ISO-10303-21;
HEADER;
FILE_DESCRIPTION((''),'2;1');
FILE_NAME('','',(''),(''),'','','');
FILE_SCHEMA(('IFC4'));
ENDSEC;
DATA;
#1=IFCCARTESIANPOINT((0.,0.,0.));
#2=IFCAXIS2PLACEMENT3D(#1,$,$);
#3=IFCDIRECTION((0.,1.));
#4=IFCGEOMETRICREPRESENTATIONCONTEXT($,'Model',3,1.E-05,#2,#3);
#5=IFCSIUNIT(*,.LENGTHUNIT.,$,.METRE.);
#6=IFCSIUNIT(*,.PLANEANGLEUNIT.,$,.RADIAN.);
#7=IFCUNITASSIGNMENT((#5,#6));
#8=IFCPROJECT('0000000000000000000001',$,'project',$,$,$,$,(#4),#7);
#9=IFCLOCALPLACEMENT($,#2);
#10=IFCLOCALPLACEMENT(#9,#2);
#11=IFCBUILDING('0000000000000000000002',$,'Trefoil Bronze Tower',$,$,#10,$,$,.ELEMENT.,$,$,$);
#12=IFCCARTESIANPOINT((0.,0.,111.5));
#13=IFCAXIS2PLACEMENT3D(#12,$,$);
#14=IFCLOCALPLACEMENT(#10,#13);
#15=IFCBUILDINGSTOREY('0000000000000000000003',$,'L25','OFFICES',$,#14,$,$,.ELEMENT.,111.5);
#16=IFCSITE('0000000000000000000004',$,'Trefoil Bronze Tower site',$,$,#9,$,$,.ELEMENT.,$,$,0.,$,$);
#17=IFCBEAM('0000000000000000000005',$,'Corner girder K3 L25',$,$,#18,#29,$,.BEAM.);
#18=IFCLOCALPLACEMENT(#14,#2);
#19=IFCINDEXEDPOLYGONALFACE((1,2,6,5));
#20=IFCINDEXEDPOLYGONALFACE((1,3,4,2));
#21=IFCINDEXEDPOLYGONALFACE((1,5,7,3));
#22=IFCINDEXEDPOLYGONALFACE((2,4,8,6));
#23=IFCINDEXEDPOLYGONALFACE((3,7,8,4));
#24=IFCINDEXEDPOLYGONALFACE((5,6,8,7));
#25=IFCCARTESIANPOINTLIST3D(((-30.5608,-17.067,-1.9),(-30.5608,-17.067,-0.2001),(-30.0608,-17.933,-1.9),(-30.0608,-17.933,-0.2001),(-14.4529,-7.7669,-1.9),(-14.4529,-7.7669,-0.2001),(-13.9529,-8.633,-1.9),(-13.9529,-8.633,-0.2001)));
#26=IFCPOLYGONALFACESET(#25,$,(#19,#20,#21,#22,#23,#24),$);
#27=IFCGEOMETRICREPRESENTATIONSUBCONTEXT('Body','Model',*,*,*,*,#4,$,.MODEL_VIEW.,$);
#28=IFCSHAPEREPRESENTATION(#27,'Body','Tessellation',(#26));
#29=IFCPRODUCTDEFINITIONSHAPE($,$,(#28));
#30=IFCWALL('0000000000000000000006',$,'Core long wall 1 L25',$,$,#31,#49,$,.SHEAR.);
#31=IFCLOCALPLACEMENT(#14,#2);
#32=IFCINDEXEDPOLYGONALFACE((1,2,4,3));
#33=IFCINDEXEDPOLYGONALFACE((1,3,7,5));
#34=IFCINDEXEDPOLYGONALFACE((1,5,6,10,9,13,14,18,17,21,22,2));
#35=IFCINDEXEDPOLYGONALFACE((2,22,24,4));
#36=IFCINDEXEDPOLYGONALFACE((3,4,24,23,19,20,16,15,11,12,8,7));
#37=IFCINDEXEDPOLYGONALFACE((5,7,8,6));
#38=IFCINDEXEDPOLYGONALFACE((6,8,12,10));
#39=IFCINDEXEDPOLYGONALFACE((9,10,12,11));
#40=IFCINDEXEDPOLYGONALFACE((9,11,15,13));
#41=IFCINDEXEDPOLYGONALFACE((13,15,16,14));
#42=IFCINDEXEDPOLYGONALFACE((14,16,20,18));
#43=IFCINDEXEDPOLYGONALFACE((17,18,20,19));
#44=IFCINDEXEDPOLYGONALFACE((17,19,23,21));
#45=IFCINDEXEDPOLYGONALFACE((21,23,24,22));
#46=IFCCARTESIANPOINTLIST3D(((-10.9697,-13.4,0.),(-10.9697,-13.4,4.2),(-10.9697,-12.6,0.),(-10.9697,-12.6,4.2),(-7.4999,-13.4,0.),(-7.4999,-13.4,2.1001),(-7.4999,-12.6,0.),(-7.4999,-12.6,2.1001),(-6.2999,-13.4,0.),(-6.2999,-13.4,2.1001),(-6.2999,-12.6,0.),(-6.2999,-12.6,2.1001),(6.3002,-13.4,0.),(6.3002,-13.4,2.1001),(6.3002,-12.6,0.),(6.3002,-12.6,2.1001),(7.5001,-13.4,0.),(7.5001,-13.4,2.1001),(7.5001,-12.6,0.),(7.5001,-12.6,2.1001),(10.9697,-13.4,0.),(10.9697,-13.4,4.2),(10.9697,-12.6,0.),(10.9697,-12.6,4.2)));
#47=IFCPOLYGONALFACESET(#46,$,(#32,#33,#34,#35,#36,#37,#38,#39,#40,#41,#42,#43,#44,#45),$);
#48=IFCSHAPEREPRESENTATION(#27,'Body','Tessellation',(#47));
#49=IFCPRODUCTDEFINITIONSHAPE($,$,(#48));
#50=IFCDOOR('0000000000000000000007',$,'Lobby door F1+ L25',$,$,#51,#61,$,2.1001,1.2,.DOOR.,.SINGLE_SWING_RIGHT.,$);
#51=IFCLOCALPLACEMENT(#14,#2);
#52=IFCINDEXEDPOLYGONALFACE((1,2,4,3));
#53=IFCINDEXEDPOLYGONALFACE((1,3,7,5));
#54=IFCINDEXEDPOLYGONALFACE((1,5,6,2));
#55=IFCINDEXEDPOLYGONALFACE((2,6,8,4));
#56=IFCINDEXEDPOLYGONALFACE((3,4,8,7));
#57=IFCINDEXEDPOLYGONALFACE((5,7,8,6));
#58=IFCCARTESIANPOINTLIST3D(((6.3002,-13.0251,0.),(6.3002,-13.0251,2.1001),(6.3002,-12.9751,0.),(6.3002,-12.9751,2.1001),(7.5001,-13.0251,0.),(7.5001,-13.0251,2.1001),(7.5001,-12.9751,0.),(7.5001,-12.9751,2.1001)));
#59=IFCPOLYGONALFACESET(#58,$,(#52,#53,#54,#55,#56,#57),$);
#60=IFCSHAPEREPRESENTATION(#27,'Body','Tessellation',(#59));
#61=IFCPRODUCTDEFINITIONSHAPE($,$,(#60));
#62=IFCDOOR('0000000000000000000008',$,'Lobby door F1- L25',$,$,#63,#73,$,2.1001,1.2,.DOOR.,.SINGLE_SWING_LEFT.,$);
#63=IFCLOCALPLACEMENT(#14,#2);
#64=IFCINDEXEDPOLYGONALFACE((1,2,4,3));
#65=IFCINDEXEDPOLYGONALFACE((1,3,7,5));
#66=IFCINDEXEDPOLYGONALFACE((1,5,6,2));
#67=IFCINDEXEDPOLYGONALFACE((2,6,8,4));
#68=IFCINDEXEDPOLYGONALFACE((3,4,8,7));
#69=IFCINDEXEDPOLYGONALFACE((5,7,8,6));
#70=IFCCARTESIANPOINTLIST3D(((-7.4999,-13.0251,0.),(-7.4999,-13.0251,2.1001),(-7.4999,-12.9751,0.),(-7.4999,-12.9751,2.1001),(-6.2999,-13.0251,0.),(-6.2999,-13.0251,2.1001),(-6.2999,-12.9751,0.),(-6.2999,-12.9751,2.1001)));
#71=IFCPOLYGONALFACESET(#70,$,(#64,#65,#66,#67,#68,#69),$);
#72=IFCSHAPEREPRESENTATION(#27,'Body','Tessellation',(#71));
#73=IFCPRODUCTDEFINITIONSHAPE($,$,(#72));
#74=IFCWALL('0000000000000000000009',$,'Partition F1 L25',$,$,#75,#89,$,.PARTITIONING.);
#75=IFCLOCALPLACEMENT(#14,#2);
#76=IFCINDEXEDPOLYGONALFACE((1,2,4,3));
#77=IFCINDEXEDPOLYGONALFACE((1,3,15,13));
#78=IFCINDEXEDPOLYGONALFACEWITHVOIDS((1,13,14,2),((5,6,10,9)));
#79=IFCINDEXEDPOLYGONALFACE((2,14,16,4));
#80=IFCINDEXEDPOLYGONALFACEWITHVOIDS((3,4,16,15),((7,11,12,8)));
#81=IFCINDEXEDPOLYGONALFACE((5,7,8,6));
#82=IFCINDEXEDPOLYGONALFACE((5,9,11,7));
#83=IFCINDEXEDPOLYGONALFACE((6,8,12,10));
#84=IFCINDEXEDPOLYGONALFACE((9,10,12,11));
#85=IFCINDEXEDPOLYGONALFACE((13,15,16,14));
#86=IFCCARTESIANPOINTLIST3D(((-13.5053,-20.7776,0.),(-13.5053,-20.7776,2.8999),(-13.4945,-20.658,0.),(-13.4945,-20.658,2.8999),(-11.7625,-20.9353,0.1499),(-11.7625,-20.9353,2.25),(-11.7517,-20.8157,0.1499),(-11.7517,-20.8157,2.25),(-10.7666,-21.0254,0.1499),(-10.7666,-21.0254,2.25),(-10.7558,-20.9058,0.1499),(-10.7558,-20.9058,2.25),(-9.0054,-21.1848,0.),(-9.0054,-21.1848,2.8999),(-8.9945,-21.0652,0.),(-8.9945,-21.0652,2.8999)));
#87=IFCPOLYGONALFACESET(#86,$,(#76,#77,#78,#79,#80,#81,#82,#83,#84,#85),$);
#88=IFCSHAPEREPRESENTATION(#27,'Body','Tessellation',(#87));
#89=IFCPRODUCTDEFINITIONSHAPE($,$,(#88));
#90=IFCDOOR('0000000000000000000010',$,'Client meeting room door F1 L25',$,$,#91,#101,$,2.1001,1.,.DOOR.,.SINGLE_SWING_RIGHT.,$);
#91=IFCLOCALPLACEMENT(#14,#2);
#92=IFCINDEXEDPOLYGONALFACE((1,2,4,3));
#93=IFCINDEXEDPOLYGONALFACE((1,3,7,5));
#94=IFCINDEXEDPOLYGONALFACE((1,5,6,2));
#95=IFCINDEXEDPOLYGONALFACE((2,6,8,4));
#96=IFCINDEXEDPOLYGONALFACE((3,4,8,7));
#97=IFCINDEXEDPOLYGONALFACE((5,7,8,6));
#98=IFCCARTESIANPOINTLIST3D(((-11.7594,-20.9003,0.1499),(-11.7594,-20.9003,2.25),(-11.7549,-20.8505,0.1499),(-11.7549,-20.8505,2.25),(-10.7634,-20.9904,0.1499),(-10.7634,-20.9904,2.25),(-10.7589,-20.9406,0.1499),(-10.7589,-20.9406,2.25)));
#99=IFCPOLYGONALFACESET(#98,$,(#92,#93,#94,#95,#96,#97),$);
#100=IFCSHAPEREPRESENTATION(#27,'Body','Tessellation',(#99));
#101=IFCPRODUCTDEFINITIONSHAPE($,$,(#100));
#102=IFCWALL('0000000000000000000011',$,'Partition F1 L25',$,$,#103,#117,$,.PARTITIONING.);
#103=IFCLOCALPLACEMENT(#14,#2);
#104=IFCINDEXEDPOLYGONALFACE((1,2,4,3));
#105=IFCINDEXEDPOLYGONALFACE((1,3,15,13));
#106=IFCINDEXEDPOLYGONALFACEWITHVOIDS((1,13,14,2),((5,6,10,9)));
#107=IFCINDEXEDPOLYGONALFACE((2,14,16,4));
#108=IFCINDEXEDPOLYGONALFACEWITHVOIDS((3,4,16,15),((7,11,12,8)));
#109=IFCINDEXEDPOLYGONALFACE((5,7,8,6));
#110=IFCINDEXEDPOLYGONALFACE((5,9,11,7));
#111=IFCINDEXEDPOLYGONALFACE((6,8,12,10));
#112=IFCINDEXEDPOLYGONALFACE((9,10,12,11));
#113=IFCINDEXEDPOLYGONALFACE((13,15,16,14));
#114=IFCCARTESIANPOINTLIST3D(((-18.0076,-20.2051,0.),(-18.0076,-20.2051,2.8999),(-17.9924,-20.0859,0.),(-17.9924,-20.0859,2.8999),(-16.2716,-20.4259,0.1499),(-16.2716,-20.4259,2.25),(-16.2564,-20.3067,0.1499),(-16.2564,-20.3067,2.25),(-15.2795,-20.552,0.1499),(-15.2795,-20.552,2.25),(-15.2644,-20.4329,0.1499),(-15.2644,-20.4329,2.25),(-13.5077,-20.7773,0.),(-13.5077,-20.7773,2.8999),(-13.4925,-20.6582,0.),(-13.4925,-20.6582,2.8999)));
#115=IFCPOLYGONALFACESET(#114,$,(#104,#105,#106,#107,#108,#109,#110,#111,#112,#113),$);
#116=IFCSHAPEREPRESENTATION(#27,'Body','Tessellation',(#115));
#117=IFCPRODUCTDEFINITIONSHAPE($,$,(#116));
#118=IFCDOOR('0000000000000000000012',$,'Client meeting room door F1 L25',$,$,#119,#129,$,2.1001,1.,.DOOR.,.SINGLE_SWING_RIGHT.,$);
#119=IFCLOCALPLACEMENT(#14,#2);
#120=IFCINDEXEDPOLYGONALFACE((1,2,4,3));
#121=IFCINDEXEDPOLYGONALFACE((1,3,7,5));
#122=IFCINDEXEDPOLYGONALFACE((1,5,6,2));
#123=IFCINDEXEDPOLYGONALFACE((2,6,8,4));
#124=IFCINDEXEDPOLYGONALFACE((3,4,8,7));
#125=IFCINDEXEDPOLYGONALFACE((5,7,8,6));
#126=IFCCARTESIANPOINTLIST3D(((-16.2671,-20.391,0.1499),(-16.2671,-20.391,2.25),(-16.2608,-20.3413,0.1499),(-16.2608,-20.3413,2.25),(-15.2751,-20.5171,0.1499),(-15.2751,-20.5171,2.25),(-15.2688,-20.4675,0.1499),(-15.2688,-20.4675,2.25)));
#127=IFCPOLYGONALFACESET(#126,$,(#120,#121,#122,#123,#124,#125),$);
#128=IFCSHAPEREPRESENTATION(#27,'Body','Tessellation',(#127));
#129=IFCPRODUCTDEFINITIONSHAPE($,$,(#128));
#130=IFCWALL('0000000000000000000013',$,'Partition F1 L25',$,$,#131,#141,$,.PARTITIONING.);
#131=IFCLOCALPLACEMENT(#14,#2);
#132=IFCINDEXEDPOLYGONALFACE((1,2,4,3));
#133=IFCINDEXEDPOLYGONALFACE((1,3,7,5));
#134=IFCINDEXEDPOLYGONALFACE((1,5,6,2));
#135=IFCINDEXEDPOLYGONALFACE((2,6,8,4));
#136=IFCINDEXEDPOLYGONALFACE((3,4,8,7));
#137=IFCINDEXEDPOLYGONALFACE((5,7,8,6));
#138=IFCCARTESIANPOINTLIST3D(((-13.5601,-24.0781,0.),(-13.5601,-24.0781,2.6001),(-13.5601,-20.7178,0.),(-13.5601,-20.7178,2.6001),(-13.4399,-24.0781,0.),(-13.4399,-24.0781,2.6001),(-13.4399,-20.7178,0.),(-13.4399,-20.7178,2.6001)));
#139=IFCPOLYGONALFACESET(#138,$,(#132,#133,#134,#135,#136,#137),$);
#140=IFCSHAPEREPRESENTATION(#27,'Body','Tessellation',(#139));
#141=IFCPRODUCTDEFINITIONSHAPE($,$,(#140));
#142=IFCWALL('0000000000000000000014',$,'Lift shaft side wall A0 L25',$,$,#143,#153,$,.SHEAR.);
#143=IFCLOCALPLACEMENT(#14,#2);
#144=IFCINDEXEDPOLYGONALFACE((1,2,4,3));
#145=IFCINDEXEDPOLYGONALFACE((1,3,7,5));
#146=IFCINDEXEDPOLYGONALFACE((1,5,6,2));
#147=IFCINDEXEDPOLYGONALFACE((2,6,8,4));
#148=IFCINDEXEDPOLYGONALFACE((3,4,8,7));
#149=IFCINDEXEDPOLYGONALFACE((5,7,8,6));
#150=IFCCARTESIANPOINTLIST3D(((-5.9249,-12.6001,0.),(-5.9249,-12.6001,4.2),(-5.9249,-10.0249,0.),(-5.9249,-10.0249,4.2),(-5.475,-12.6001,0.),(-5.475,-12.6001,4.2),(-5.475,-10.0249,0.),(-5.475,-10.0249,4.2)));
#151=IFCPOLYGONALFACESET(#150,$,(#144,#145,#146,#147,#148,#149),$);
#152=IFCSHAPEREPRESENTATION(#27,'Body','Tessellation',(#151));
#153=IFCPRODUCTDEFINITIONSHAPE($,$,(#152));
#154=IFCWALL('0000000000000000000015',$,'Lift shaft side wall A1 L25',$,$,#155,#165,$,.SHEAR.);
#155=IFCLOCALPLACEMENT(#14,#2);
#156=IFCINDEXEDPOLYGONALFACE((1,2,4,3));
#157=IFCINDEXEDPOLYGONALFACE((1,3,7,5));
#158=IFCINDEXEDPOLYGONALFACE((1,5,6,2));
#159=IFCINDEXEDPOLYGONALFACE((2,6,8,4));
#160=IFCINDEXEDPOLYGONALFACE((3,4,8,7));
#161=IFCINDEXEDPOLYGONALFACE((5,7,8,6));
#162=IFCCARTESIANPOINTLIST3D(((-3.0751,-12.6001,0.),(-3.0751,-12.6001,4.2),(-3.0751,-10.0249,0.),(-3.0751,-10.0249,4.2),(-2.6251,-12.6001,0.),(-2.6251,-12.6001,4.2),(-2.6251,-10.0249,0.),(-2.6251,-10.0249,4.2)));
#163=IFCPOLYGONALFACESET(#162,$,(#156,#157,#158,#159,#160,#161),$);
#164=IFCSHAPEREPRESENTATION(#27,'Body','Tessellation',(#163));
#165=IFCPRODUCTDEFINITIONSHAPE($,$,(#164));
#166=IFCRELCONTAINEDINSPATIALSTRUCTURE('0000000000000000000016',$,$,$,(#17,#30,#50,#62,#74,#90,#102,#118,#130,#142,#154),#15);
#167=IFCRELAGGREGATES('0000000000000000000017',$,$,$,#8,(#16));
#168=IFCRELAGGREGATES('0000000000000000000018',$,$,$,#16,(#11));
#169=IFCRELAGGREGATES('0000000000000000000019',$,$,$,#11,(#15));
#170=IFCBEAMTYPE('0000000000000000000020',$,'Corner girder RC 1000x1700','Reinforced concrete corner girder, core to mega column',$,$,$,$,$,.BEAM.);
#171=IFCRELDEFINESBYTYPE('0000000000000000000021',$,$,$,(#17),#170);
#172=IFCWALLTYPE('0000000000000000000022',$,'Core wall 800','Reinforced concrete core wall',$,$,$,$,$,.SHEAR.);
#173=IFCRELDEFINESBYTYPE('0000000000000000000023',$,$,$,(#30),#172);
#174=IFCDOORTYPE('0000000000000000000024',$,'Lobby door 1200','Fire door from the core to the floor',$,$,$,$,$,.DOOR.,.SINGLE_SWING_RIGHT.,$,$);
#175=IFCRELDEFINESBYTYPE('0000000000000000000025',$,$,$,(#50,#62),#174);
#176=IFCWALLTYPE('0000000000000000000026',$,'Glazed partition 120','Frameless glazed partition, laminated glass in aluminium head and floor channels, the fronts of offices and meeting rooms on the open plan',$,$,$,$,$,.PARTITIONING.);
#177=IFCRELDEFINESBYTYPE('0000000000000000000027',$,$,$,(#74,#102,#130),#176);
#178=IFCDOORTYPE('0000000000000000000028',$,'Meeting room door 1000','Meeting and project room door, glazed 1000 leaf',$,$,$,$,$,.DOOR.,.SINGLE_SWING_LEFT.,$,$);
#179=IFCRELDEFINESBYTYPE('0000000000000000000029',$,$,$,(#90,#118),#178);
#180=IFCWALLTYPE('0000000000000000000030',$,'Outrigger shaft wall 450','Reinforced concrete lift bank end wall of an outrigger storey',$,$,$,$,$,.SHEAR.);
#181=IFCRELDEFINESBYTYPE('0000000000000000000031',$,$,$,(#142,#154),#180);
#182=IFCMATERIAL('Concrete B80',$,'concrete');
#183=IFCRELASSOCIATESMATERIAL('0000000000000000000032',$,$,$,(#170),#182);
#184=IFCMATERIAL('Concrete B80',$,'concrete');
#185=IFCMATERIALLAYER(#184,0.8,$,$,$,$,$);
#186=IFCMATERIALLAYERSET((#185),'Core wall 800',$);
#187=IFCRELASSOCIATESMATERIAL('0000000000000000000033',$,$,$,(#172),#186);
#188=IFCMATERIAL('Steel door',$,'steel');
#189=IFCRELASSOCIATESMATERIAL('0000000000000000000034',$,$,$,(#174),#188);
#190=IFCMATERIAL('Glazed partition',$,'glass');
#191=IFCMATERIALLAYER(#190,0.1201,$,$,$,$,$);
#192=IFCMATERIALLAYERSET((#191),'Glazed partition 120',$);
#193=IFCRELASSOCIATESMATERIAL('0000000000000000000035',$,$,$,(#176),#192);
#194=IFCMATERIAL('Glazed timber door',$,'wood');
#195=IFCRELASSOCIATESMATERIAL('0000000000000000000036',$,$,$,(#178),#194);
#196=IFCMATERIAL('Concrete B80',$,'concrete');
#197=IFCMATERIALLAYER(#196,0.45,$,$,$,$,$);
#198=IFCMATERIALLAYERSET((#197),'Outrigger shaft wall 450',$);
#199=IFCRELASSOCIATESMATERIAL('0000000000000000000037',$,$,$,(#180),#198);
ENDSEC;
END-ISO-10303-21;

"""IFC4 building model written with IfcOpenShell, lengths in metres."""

from ifc_helpers import new_model, si_unit, direction, frame, frame_2d, origin, origin_2d, place, context, subcontext, project, spatial, rectangle, extrude, material, layer, layer_set, material_profile, profile_set, type_object, element, fill, save


model = new_model("IFC4")

# Units and contexts
model_context = context("Model", 3, precision=1e-05, world=origin(), true_north=direction((0.0, 1.0)))
body_context = subcontext(model_context, "Body", "Model", "MODEL_VIEW")
ifc_project = project(units=[si_unit("LENGTHUNIT", "METRE"), si_unit("PLANEANGLEUNIT", "RADIAN")], contexts=[model_context])

# Site, building, storey
site_placement = place(None, origin())
site = spatial("IfcSite", under=ifc_project, at=site_placement, Name="Trefoil Bronze Tower site", CompositionType="ELEMENT", RefElevation=0.0)
building_placement = place(site_placement, origin())
building = spatial("IfcBuilding", under=site, at=building_placement, Name="Trefoil Bronze Tower", CompositionType="ELEMENT")
storey_placement = place(building_placement, frame((0.0, 0.0, 111.5)))
storey = spatial("IfcBuildingStorey", under=building, at=storey_placement, Name="L25", Description="OFFICES", CompositionType="ELEMENT", Elevation=111.5)

# Beam
ifc_material_1 = material(Name="Concrete B80", Category="concrete")
ifc_material_profile_1 = material_profile(ifc_material_1, rectangle(XDim=1.0, YDim=1.7, at=origin_2d()), Name="RC 1000x1700")
ifc_profile_set_1 = profile_set([ifc_material_profile_1], Name="Concrete B80")
beam_type_1 = type_object("IfcBeamType", Name="Corner girder RC 1000x1700", Description="Reinforced concrete corner girder, core to mega column", PredefinedType="BEAM", material=ifc_profile_set_1)
beam_1_placement = place(storey_placement, frame((-14.2029, -8.2, -1.05), z_axis=(-0.866022, -0.500006, 0.0), x_axis=(0.500006, -0.866022, 0.0)))
element("IfcBeam", 1, at=beam_1_placement, inside=storey, type_object=beam_type_1, Name="Corner girder K3 L25", PredefinedType="BEAM", context=body_context, shape_type="SweptSolid", body=[
    extrude(rectangle(XDim=1.0, YDim=1.7, at=origin_2d()), origin(), (0.0, 0.0, 1.0), 18.5999),
])

# Wall, openings, doors
ifc_material_2 = material(Name="Concrete B80", Category="concrete")
ifc_layer_1 = layer(ifc_material_2, 0.8)
ifc_layer_set_1 = layer_set([ifc_layer_1], Name="Core wall 800")
wall_type_1 = type_object("IfcWallType", Name="Core wall 800", Description="Reinforced concrete core wall", PredefinedType="SHEAR", material=ifc_layer_set_1)
wall_1_placement = place(storey_placement, frame((-10.9697, -13.0, 0.0), z_axis=(0.0, 0.0, 1.0), x_axis=(1.0, 0.0, 0.0)))
wall_1 = element("IfcWall", 2, at=wall_1_placement, inside=storey, type_object=wall_type_1, Name="Core long wall 1 L25", PredefinedType="SHEAR", context=body_context, shape_type="SweptSolid", body=[
    extrude(rectangle(XDim=21.9395, YDim=0.8, at=frame_2d((10.9697, 0.0))), origin(), (0.0, 0.0, 1.0), 4.2),
])
opening_1_placement = place(wall_1_placement, frame((17.2698, 0.0, 0.0)))
opening_1 = element("IfcOpeningElement", 3, at=opening_1_placement, cuts=wall_1, PredefinedType="OPENING", context=body_context, shape_type="SweptSolid", body=[
    extrude(rectangle(XDim=1.2, YDim=2.1001, at=frame_2d((0.6001, 1.05))), frame((0.0, 0.4099, 0.0), z_axis=(0.0, -1.0, 0.0), x_axis=(1.0, 0.0, 0.0)), (0.0, 0.0, 1.0), 0.8201),
])
opening_2_placement = place(wall_1_placement, frame((3.4697, 0.0, 0.0)))
opening_2 = element("IfcOpeningElement", 4, at=opening_2_placement, cuts=wall_1, PredefinedType="OPENING", context=body_context, shape_type="SweptSolid", body=[
    extrude(rectangle(XDim=1.2, YDim=2.1001, at=frame_2d((0.6001, 1.05))), frame((0.0, 0.4099, 0.0), z_axis=(0.0, -1.0, 0.0), x_axis=(1.0, 0.0, 0.0)), (0.0, 0.0, 1.0), 0.8201),
])
ifc_material_3 = material(Name="Steel door", Category="steel")
door_type_1 = type_object("IfcDoorType", Name="Lobby door 1200", Description="Fire door from the core to the floor", OperationType="SINGLE_SWING_RIGHT", PredefinedType="DOOR", material=ifc_material_3)
door_1_placement = place(opening_1_placement, origin())
door_1 = element("IfcDoor", 5, at=door_1_placement, inside=storey, type_object=door_type_1, Name="Lobby door F1+ L25", OperationType="SINGLE_SWING_RIGHT", OverallHeight=2.1001, OverallWidth=1.2, PredefinedType="DOOR", context=body_context, shape_type="SweptSolid", body=[
    extrude(rectangle(XDim=1.2, YDim=2.1001, at=frame_2d((0.6001, 1.05))), frame((0.0, 0.0249, 0.0), z_axis=(0.0, -1.0, 0.0), x_axis=(1.0, 0.0, 0.0)), (0.0, 0.0, 1.0), 0.05),
])
fill(opening_1, door_1)
door_2_placement = place(opening_2_placement, origin())
door_2 = element("IfcDoor", 6, at=door_2_placement, inside=storey, type_object=door_type_1, Name="Lobby door F1- L25", OperationType="SINGLE_SWING_LEFT", OverallHeight=2.1001, OverallWidth=1.2, PredefinedType="DOOR", context=body_context, shape_type="SweptSolid", body=[
    extrude(rectangle(XDim=1.2, YDim=2.1001, at=frame_2d((0.6001, 1.05))), frame((0.0, 0.0249, 0.0), z_axis=(0.0, -1.0, 0.0), x_axis=(1.0, 0.0, 0.0)), (0.0, 0.0, 1.0), 0.05),
])
fill(opening_2, door_2)

# Walls, openings, doors
ifc_material_4 = material(Name="Glazed partition", Category="glass")
ifc_layer_2 = layer(ifc_material_4, 0.1201)
ifc_layer_set_2 = layer_set([ifc_layer_2], Name="Glazed partition 120")
wall_type_2 = type_object("IfcWallType", Name="Glazed partition 120", Description="Frameless glazed partition, laminated glass in aluminium head and floor channels, the fronts of offices and meeting rooms on the open plan", PredefinedType="PARTITIONING", material=ifc_layer_set_2)
wall_2_placement = place(storey_placement, frame((-13.5, -20.7178, 0.0), z_axis=(0.0, 0.0, 1.0), x_axis=(0.99593, -0.090127, 0.0)))
wall_2 = element("IfcWall", 7, at=wall_2_placement, inside=storey, type_object=wall_type_2, Name="Partition F1 L25", PredefinedType="PARTITIONING", context=body_context, shape_type="SweptSolid", body=[
    extrude(rectangle(XDim=4.5183, YDim=0.1201, at=frame_2d((2.2593, 0.0))), origin(), (0.0, 0.0, 1.0), 2.8999),
])
opening_3_placement = place(wall_2_placement, frame((1.75, 0.0, 0.1499)))
opening_3 = element("IfcOpeningElement", 8, at=opening_3_placement, cuts=wall_2, PredefinedType="OPENING", context=body_context, shape_type="SweptSolid", body=[
    extrude(rectangle(XDim=1.0, YDim=2.1001, at=frame_2d((0.5, 1.05))), frame((0.0, 0.0701, 0.0), z_axis=(0.0, -1.0, 0.0), x_axis=(1.0, 0.0, 0.0)), (0.0, 0.0, 1.0), 0.1401),
])
ifc_material_5 = material(Name="Glazed timber door", Category="wood")
door_type_2 = type_object("IfcDoorType", Name="Meeting room door 1000", Description="Meeting and project room door, glazed 1000 leaf", OperationType="SINGLE_SWING_LEFT", PredefinedType="DOOR", material=ifc_material_5)
door_3_placement = place(opening_3_placement, frame((1.0, 0.0, 0.0), z_axis=(0.0, 0.0, 1.0), x_axis=(-1.0, 0.0, 0.0)))
door_3 = element("IfcDoor", 9, at=door_3_placement, inside=storey, type_object=door_type_2, Name="Client meeting room door F1 L25", OperationType="SINGLE_SWING_RIGHT", OverallHeight=2.1001, OverallWidth=1.0, PredefinedType="DOOR", context=body_context, shape_type="SweptSolid", body=[
    extrude(rectangle(XDim=1.0, YDim=2.1001, at=frame_2d((0.5, 1.05))), frame((0.0, 0.0249, 0.0), z_axis=(0.0, -1.0, 0.0), x_axis=(1.0, 0.0, 0.0)), (0.0, 0.0, 1.0), 0.05),
])
fill(opening_3, door_3)
wall_3_placement = place(storey_placement, frame((-18.0, -20.1455, 0.0), z_axis=(0.0, 0.0, 1.0), x_axis=(0.992011, -0.126154, 0.0)))
wall_3 = element("IfcWall", 10, at=wall_3_placement, inside=storey, type_object=wall_type_2, Name="Partition F1 L25", PredefinedType="PARTITIONING", context=body_context, shape_type="SweptSolid", body=[
    extrude(rectangle(XDim=4.5361, YDim=0.1201, at=frame_2d((2.2681, 0.0))), origin(), (0.0, 0.0, 1.0), 2.8999),
])
opening_4_placement = place(wall_3_placement, frame((1.75, 0.0, 0.1499)))
opening_4 = element("IfcOpeningElement", 11, at=opening_4_placement, cuts=wall_3, PredefinedType="OPENING", context=body_context, shape_type="SweptSolid", body=[
    extrude(rectangle(XDim=1.0, YDim=2.1001, at=frame_2d((0.5, 1.05))), frame((0.0, 0.0701, 0.0), z_axis=(0.0, -1.0, 0.0), x_axis=(1.0, 0.0, 0.0)), (0.0, 0.0, 1.0), 0.1401),
])
door_4_placement = place(opening_4_placement, frame((1.0, 0.0, 0.0), z_axis=(0.0, 0.0, 1.0), x_axis=(-1.0, 0.0, 0.0)))
door_4 = element("IfcDoor", 12, at=door_4_placement, inside=storey, type_object=door_type_2, Name="Client meeting room door F1 L25", OperationType="SINGLE_SWING_RIGHT", OverallHeight=2.1001, OverallWidth=1.0, PredefinedType="DOOR", context=body_context, shape_type="SweptSolid", body=[
    extrude(rectangle(XDim=1.0, YDim=2.1001, at=frame_2d((0.5, 1.05))), frame((0.0, 0.0249, 0.0), z_axis=(0.0, -1.0, 0.0), x_axis=(1.0, 0.0, 0.0)), (0.0, 0.0, 1.0), 0.05),
])
fill(opening_4, door_4)

# Walls
wall_4_placement = place(storey_placement, frame((-13.5, -20.7178, 0.0), z_axis=(0.0, 0.0, 1.0), x_axis=(0.0, -1.0, 0.0)))
element("IfcWall", 13, at=wall_4_placement, inside=storey, type_object=wall_type_2, Name="Partition F1 L25", PredefinedType="PARTITIONING", context=body_context, shape_type="SweptSolid", body=[
    extrude(rectangle(XDim=3.3604, YDim=0.1201, at=frame_2d((1.6802, 0.0))), origin(), (0.0, 0.0, 1.0), 2.6001),
])
ifc_material_6 = material(Name="Concrete B80", Category="concrete")
ifc_layer_3 = layer(ifc_material_6, 0.45)
ifc_layer_set_3 = layer_set([ifc_layer_3], Name="Outrigger shaft wall 450")
wall_type_3 = type_object("IfcWallType", Name="Outrigger shaft wall 450", Description="Reinforced concrete lift bank end wall of an outrigger storey", PredefinedType="SHEAR", material=ifc_layer_set_3)
for number, where, z_axis, x_axis, name in (
    (14, (-5.7, -10.0249, 0.0), (0.0, 0.0, 1.0), (0.0, -1.0, 0.0), "Lift shaft side wall A0 L25"),
    (15, (-2.8501, -10.0249, 0.0), (0.0, 0.0, 1.0), (0.0, -1.0, 0.0), "Lift shaft side wall A1 L25"),
):
    element("IfcWall", number, at=place(storey_placement, frame(where, z_axis=z_axis, x_axis=x_axis)), inside=storey, type_object=wall_type_3, Name=name, PredefinedType="SHEAR", context=body_context, shape_type="SweptSolid", body=[
        extrude(rectangle(XDim=2.5752, YDim=0.45, at=frame_2d((1.2876, 0.0))), origin(), (0.0, 0.0, 1.0), 4.2),
    ])

save(model, "model.ifc")
